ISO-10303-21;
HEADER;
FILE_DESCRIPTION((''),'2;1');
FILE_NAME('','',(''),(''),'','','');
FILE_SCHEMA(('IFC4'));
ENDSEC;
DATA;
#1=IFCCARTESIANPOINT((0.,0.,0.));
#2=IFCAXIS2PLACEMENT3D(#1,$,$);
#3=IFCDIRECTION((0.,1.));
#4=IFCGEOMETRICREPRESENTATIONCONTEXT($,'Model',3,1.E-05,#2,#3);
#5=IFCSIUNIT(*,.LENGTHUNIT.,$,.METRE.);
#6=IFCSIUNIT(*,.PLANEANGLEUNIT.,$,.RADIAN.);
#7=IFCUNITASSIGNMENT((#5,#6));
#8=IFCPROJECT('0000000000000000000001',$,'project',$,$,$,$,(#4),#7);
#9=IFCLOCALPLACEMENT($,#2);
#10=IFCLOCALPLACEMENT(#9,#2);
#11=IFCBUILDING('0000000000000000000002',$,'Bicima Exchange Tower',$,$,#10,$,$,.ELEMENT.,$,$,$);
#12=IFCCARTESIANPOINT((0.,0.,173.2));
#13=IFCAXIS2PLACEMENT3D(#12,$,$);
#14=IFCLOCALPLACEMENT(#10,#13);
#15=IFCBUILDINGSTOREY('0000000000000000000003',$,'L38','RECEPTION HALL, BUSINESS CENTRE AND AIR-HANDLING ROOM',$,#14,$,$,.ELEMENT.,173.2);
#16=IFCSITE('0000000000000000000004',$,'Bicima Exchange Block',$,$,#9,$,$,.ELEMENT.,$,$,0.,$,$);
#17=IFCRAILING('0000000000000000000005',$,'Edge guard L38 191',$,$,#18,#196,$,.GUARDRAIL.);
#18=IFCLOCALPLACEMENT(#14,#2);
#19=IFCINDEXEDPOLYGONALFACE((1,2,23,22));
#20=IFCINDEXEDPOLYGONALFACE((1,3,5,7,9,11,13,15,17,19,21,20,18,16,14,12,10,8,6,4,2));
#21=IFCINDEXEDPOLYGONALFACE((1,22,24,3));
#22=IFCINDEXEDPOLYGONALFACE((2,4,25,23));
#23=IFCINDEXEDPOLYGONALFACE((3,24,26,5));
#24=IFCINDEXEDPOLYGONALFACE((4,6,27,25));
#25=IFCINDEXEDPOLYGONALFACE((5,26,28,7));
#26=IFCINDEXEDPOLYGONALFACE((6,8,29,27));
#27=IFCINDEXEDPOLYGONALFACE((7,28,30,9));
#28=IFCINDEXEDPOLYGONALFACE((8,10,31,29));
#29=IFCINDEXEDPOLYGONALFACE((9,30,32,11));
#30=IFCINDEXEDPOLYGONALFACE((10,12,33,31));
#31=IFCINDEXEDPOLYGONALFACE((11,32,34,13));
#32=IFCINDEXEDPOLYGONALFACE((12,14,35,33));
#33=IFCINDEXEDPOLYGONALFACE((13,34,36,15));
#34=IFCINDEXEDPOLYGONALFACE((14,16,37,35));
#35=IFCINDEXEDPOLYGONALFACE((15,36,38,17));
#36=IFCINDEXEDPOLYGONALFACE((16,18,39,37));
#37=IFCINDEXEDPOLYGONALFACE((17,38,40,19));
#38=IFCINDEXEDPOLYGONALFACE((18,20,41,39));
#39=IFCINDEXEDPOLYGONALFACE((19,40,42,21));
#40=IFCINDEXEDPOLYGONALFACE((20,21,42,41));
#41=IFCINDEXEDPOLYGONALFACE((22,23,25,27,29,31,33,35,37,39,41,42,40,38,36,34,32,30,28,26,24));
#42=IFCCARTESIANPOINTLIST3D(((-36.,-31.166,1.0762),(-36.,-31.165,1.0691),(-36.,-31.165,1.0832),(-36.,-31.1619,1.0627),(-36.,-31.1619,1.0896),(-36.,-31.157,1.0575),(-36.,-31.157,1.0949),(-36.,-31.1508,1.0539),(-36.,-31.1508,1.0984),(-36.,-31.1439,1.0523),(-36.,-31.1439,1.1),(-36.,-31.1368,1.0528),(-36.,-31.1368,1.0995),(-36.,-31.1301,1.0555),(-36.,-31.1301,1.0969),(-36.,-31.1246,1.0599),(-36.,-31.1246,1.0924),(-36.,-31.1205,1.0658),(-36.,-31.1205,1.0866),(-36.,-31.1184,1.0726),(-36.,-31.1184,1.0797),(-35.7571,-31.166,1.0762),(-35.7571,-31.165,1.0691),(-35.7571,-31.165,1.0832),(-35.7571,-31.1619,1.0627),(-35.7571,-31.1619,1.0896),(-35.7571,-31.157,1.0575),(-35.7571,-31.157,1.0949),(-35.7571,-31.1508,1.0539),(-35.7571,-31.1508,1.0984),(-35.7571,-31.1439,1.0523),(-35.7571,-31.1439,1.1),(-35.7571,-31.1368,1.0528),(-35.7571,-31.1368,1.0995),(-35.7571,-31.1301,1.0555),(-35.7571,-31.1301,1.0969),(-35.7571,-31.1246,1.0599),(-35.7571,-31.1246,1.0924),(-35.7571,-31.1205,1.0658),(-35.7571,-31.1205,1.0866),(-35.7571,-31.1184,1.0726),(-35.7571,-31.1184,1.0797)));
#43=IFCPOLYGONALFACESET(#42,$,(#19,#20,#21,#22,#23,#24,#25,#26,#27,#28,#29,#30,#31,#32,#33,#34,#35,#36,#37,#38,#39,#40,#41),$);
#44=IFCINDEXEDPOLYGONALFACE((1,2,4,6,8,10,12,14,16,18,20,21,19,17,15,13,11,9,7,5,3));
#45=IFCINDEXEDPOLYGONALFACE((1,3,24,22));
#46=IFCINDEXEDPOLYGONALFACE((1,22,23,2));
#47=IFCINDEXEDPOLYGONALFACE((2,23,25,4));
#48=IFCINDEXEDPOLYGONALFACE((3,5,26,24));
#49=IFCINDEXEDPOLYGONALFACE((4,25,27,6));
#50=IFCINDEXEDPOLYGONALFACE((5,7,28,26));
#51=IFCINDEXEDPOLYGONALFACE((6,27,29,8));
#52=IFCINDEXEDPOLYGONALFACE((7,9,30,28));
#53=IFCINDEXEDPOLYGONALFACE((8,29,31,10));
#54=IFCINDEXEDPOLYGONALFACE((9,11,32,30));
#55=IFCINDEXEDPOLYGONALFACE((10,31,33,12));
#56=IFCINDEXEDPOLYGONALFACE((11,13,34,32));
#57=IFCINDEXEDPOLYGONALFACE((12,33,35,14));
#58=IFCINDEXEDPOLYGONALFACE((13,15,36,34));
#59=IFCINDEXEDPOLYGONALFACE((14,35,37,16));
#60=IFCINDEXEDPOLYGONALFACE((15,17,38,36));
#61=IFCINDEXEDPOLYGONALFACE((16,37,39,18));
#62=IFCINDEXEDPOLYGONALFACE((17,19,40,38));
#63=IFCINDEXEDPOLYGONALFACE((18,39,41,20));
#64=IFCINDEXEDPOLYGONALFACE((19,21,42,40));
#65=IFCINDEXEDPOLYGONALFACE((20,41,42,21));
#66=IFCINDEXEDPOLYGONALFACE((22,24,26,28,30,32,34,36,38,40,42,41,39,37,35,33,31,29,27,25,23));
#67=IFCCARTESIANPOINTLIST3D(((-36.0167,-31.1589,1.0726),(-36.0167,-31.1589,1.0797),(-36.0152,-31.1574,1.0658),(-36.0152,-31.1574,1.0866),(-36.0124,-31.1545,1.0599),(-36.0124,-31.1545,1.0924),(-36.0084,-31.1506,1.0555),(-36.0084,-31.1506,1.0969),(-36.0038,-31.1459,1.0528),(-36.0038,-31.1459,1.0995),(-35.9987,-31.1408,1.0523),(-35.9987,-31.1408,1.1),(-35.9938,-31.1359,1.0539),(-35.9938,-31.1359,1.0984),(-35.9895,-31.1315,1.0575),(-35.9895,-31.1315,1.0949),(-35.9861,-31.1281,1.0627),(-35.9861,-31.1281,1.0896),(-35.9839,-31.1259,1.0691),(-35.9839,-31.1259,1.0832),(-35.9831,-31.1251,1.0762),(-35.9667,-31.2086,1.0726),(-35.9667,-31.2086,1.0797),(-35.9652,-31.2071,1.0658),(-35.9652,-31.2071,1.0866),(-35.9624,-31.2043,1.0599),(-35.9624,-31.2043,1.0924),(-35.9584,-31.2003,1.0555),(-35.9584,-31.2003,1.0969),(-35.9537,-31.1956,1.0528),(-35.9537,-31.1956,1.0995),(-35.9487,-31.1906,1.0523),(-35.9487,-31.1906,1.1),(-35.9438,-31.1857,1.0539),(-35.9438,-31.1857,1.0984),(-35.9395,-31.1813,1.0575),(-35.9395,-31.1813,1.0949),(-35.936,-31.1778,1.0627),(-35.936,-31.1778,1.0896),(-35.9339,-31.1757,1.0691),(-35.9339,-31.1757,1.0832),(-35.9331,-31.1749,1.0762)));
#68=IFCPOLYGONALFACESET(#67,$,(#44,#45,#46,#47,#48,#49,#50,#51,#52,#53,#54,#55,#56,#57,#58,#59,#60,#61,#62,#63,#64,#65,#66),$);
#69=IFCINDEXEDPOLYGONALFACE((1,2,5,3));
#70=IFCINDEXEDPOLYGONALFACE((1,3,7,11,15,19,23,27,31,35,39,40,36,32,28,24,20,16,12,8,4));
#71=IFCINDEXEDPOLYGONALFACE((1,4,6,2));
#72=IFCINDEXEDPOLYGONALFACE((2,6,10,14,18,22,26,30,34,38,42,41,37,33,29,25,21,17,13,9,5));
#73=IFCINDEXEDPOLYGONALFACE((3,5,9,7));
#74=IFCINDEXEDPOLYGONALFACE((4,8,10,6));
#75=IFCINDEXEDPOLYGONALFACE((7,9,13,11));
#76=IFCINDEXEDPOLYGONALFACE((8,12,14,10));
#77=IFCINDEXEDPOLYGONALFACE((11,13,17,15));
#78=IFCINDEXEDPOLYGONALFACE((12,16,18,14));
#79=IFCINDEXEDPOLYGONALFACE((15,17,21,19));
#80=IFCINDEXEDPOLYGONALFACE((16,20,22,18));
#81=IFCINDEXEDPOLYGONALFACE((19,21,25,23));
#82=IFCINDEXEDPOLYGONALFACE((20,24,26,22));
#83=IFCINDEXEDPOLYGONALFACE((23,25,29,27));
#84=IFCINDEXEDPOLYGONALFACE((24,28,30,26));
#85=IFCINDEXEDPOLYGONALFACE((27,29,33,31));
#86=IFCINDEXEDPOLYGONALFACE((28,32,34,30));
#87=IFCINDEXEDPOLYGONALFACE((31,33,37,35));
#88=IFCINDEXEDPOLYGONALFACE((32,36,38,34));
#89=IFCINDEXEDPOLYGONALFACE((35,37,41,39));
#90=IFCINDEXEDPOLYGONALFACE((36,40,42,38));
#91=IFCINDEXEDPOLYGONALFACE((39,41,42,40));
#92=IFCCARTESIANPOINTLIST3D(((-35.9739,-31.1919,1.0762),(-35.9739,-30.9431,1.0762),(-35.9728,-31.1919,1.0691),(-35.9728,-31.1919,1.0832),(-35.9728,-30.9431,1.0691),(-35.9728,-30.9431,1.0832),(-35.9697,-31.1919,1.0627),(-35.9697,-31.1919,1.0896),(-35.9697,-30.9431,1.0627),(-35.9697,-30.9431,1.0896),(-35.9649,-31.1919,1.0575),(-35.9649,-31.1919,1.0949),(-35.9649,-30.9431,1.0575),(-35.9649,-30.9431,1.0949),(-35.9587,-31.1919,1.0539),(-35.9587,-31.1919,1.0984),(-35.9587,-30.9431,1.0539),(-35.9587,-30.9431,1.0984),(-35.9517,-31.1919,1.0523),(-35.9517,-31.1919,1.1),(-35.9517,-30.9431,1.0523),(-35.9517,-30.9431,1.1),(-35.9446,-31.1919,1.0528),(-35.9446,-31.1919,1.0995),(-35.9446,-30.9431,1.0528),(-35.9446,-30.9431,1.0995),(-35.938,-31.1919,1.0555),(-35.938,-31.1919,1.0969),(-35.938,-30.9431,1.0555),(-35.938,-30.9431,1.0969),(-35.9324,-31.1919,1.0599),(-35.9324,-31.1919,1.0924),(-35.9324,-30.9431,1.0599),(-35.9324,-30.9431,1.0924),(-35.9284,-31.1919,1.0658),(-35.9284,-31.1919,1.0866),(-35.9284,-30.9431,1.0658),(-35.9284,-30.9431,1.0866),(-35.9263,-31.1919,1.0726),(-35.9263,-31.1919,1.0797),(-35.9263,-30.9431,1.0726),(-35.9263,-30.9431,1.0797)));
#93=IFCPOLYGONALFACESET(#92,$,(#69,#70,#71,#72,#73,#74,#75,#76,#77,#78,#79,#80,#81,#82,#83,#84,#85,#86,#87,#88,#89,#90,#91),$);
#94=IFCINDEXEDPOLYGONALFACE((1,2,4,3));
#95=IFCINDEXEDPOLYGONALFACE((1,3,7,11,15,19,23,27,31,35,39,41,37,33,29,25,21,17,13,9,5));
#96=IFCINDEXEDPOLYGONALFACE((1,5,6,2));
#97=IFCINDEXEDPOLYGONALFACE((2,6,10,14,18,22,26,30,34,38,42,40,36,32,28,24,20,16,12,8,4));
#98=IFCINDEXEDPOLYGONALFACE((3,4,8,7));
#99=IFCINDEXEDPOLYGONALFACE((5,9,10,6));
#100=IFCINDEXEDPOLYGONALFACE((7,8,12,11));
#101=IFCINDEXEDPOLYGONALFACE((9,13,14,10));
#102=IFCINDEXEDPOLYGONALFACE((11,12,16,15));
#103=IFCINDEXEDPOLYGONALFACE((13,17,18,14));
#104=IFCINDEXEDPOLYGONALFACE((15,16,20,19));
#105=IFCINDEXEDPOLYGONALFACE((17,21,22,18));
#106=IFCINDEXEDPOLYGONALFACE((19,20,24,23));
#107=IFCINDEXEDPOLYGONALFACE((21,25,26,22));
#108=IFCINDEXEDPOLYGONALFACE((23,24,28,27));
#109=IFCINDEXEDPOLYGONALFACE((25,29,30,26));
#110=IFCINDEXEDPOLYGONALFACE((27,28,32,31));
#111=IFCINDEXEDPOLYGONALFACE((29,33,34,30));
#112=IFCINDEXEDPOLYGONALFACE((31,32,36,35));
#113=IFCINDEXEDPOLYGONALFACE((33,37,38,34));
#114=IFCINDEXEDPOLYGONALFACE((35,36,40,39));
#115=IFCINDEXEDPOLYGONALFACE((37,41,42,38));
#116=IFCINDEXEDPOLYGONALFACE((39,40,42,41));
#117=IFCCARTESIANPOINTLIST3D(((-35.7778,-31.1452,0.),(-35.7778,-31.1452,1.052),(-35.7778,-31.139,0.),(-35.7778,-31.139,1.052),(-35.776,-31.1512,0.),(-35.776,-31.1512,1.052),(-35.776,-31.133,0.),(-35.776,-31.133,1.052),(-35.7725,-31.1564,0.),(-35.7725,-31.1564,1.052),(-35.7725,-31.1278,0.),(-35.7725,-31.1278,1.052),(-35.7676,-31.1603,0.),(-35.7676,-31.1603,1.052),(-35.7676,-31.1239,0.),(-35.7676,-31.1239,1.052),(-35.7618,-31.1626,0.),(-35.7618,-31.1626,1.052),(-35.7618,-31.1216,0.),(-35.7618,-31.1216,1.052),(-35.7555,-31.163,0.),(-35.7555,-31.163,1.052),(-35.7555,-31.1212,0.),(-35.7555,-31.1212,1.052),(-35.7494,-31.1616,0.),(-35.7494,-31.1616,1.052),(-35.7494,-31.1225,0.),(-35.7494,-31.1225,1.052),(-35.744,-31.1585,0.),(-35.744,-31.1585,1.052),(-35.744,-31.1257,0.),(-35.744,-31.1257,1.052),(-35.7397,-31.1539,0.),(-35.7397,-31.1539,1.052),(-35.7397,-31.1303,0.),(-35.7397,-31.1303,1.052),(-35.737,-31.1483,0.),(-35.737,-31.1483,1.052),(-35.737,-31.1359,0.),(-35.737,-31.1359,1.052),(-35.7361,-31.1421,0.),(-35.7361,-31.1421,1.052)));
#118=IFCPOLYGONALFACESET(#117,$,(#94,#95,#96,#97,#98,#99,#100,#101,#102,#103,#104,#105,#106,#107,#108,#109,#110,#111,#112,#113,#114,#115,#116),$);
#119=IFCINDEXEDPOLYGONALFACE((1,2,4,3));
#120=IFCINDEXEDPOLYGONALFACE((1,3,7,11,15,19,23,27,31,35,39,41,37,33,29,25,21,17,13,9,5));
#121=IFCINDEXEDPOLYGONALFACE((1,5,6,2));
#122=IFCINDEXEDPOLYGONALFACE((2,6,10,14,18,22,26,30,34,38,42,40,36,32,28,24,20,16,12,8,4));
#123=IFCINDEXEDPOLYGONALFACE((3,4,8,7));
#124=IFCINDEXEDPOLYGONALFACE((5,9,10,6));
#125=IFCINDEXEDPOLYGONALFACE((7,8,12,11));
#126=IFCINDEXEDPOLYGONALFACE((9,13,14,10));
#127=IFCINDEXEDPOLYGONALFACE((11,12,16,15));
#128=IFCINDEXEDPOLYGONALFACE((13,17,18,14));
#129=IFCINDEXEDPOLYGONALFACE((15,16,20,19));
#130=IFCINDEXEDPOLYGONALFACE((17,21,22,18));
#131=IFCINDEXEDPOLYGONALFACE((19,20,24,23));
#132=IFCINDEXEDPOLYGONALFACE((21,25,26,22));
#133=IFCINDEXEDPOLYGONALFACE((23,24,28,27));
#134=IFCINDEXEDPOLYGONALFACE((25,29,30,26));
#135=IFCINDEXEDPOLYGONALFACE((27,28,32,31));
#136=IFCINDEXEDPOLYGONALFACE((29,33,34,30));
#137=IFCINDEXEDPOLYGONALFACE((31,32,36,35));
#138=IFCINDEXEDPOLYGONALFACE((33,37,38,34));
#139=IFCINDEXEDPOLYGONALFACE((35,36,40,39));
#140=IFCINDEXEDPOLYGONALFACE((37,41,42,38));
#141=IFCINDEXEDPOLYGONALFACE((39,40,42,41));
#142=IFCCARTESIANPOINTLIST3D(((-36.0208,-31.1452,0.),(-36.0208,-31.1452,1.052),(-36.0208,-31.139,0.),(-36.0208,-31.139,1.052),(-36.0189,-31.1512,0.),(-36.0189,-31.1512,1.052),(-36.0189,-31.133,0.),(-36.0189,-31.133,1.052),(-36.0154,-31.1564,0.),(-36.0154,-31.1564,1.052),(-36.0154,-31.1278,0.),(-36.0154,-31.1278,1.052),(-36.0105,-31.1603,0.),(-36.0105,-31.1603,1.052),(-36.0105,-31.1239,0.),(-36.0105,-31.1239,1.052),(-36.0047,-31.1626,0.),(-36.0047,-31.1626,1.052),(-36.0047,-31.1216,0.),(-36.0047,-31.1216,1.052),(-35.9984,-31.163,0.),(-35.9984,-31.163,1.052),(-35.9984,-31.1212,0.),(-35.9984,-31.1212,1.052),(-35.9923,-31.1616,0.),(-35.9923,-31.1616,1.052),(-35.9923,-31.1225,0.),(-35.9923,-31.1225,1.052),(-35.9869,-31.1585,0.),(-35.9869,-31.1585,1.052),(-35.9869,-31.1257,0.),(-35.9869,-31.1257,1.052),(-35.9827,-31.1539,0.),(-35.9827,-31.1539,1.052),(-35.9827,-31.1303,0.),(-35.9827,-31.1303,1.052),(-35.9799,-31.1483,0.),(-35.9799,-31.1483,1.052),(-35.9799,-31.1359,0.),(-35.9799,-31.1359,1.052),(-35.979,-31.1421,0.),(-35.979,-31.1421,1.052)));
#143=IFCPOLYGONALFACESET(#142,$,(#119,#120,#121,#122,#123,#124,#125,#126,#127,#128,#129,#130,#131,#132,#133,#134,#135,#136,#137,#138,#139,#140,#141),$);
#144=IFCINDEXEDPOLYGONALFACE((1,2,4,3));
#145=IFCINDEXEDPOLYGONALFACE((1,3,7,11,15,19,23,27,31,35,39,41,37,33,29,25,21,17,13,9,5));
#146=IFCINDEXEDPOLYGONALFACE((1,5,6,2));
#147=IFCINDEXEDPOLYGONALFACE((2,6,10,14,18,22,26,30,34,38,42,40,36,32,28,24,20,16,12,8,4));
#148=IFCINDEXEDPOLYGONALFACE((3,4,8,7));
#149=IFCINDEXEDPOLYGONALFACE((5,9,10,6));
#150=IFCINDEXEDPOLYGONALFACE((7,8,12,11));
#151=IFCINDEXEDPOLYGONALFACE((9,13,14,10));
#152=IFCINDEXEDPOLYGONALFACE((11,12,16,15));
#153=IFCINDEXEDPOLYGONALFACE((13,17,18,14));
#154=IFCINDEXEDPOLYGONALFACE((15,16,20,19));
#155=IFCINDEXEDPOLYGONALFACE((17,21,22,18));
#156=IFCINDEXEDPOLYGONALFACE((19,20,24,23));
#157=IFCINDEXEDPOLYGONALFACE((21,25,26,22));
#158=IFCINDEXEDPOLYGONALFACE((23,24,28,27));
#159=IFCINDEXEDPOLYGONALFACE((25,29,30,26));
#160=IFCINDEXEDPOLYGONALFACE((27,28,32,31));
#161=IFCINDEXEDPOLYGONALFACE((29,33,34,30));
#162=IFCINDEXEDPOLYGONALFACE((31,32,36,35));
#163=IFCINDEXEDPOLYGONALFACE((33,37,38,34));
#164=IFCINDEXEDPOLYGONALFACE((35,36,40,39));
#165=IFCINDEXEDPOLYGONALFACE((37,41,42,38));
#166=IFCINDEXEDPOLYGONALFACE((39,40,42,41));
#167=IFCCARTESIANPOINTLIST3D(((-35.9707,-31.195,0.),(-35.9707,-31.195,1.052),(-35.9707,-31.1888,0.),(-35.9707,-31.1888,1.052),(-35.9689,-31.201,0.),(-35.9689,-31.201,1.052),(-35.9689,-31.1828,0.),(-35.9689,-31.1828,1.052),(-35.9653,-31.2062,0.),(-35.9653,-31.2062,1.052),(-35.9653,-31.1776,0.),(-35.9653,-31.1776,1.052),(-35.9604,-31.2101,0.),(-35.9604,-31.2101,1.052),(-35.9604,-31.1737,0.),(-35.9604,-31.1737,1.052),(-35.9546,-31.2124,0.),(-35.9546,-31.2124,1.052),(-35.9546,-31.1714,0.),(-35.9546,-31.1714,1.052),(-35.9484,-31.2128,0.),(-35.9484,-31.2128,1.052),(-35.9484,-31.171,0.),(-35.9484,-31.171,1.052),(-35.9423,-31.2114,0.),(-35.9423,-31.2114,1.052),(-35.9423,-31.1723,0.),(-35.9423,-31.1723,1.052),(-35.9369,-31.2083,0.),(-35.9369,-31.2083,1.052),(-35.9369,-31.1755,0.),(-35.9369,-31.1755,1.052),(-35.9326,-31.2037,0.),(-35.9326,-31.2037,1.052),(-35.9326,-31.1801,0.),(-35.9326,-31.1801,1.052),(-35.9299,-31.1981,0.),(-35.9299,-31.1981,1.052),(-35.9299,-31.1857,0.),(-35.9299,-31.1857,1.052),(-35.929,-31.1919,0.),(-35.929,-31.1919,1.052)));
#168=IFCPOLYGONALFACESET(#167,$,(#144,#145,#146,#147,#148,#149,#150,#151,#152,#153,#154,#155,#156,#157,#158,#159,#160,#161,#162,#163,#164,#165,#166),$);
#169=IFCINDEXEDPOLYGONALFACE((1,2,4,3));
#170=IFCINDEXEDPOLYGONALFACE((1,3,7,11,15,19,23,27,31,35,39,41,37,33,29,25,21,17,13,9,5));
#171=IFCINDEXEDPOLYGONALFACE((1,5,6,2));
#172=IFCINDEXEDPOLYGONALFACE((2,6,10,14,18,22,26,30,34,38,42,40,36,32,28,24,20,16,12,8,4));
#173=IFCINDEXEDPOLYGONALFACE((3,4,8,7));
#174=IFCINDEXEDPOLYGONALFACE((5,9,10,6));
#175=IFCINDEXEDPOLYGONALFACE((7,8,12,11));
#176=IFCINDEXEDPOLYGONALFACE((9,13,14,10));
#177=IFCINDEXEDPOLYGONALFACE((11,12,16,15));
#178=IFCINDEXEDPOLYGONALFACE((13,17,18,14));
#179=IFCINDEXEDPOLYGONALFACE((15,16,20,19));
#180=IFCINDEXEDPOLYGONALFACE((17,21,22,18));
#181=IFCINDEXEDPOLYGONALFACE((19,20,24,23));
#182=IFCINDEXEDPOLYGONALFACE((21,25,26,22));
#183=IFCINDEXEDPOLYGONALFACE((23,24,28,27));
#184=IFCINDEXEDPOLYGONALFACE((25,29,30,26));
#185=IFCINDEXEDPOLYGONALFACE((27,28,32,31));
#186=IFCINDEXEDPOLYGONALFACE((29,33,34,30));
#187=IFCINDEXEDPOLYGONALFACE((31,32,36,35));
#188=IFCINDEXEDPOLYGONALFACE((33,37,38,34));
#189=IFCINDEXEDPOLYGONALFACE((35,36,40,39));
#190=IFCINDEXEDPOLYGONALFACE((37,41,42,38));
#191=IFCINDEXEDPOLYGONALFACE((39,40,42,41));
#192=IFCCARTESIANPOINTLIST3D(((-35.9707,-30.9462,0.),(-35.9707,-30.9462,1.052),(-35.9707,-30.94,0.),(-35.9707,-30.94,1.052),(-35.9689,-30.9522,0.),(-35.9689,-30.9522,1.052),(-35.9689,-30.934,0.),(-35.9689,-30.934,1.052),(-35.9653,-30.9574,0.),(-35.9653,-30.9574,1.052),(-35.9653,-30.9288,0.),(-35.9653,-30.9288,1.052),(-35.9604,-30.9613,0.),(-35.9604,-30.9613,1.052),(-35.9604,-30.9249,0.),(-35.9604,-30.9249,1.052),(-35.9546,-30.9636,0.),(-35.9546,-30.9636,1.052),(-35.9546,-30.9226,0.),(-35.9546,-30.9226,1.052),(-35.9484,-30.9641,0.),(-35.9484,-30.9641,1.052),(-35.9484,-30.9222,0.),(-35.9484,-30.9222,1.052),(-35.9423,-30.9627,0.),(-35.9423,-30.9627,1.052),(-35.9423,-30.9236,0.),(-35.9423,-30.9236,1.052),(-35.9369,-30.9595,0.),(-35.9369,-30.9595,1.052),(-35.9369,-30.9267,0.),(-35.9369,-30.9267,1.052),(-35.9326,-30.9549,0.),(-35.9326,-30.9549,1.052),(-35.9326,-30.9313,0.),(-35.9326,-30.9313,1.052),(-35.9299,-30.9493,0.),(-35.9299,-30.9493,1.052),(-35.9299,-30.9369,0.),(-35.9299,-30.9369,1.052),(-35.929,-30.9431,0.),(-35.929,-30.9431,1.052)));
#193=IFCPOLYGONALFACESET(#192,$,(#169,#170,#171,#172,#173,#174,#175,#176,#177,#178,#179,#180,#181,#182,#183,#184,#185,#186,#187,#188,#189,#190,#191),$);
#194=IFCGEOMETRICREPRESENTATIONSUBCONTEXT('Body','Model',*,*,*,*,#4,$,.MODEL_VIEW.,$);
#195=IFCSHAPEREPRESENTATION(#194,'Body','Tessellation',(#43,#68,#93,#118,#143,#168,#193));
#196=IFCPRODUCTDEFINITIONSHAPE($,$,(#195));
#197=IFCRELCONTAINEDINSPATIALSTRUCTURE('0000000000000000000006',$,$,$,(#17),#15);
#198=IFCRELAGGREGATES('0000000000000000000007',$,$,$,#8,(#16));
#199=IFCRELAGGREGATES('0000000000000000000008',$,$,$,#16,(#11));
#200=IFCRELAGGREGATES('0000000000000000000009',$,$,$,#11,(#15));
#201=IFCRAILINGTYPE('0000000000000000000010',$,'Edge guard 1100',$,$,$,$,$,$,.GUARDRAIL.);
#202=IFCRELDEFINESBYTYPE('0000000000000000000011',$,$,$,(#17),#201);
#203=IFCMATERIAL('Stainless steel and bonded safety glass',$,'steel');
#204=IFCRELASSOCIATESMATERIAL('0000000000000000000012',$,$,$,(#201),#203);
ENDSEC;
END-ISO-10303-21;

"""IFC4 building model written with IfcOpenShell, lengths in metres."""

from ifc_helpers import new_model, si_unit, direction, frame, origin, origin_2d, place, context, subcontext, project, spatial, circle, extrude, material, type_object, element, save


model = new_model("IFC4")

# Units and contexts
model_context = context("Model", 3, precision=1e-05, world=origin(), true_north=direction((0.0, 1.0)))
body_context = subcontext(model_context, "Body", "Model", "MODEL_VIEW")
ifc_project = project(units=[si_unit("LENGTHUNIT", "METRE"), si_unit("PLANEANGLEUNIT", "RADIAN")], contexts=[model_context])

# Site, building, storey
site_placement = place(None, origin())
site = spatial("IfcSite", under=ifc_project, at=site_placement, Name="Bicima Exchange Block", CompositionType="ELEMENT", RefElevation=0.0)
building_placement = place(site_placement, origin())
building = spatial("IfcBuilding", under=site, at=building_placement, Name="Bicima Exchange Tower", CompositionType="ELEMENT")
storey_placement = place(building_placement, frame((0.0, 0.0, 173.2)))
storey = spatial("IfcBuildingStorey", under=building, at=storey_placement, Name="L38", Description="RECEPTION HALL, BUSINESS CENTRE AND AIR-HANDLING ROOM", CompositionType="ELEMENT", Elevation=173.2)

# Railing
ifc_material_1 = material(Name="Stainless steel and bonded safety glass", Category="steel")
railing_type = type_object("IfcRailingType", Name="Edge guard 1100", PredefinedType="GUARDRAIL", material=ifc_material_1)
railing_1_placement = place(storey_placement, frame((-35.7571, -31.1421, 0.0)))
element("IfcRailing", 1, at=railing_1_placement, inside=storey, type_object=railing_type, Name="Edge guard L38 191", PredefinedType="GUARDRAIL", context=body_context, shape_type="SweptSolid", body=[
    extrude(circle(Radius=0.0239, at=origin_2d()), frame((0.0, 0.0, 1.0762), z_axis=(-1.0, 0.0, 0.0), x_axis=(0.0, -1.0, 0.0)), (0.0, 0.0, 1.0), 0.2429),
    extrude(circle(Radius=0.0239, at=origin_2d()), frame((-0.2429, 0.0, 1.0762), z_axis=(0.708834, -0.705376, 0.0), x_axis=(0.705376, 0.708834, 0.0)), (0.0, 0.0, 1.0), 0.0706),
    extrude(circle(Radius=0.0239, at=origin_2d()), frame((-0.1929, -0.0498, 1.0762), z_axis=(0.0, 1.0, 0.0), x_axis=(-1.0, 0.0, 0.0)), (0.0, 0.0, 1.0), 0.2488),
    extrude(circle(Radius=0.021, at=origin_2d()), origin(), (0.0, 0.0, 1.0), 1.052),
    extrude(circle(Radius=0.021, at=origin_2d()), frame((-0.2429, 0.0, 0.0)), (0.0, 0.0, 1.0), 1.052),
    extrude(circle(Radius=0.021, at=origin_2d()), frame((-0.1929, -0.0498, 0.0)), (0.0, 0.0, 1.0), 1.052),
    extrude(circle(Radius=0.021, at=origin_2d()), frame((-0.1929, 0.199, 0.0)), (0.0, 0.0, 1.0), 1.052),
])

save(model, "model.ifc")
